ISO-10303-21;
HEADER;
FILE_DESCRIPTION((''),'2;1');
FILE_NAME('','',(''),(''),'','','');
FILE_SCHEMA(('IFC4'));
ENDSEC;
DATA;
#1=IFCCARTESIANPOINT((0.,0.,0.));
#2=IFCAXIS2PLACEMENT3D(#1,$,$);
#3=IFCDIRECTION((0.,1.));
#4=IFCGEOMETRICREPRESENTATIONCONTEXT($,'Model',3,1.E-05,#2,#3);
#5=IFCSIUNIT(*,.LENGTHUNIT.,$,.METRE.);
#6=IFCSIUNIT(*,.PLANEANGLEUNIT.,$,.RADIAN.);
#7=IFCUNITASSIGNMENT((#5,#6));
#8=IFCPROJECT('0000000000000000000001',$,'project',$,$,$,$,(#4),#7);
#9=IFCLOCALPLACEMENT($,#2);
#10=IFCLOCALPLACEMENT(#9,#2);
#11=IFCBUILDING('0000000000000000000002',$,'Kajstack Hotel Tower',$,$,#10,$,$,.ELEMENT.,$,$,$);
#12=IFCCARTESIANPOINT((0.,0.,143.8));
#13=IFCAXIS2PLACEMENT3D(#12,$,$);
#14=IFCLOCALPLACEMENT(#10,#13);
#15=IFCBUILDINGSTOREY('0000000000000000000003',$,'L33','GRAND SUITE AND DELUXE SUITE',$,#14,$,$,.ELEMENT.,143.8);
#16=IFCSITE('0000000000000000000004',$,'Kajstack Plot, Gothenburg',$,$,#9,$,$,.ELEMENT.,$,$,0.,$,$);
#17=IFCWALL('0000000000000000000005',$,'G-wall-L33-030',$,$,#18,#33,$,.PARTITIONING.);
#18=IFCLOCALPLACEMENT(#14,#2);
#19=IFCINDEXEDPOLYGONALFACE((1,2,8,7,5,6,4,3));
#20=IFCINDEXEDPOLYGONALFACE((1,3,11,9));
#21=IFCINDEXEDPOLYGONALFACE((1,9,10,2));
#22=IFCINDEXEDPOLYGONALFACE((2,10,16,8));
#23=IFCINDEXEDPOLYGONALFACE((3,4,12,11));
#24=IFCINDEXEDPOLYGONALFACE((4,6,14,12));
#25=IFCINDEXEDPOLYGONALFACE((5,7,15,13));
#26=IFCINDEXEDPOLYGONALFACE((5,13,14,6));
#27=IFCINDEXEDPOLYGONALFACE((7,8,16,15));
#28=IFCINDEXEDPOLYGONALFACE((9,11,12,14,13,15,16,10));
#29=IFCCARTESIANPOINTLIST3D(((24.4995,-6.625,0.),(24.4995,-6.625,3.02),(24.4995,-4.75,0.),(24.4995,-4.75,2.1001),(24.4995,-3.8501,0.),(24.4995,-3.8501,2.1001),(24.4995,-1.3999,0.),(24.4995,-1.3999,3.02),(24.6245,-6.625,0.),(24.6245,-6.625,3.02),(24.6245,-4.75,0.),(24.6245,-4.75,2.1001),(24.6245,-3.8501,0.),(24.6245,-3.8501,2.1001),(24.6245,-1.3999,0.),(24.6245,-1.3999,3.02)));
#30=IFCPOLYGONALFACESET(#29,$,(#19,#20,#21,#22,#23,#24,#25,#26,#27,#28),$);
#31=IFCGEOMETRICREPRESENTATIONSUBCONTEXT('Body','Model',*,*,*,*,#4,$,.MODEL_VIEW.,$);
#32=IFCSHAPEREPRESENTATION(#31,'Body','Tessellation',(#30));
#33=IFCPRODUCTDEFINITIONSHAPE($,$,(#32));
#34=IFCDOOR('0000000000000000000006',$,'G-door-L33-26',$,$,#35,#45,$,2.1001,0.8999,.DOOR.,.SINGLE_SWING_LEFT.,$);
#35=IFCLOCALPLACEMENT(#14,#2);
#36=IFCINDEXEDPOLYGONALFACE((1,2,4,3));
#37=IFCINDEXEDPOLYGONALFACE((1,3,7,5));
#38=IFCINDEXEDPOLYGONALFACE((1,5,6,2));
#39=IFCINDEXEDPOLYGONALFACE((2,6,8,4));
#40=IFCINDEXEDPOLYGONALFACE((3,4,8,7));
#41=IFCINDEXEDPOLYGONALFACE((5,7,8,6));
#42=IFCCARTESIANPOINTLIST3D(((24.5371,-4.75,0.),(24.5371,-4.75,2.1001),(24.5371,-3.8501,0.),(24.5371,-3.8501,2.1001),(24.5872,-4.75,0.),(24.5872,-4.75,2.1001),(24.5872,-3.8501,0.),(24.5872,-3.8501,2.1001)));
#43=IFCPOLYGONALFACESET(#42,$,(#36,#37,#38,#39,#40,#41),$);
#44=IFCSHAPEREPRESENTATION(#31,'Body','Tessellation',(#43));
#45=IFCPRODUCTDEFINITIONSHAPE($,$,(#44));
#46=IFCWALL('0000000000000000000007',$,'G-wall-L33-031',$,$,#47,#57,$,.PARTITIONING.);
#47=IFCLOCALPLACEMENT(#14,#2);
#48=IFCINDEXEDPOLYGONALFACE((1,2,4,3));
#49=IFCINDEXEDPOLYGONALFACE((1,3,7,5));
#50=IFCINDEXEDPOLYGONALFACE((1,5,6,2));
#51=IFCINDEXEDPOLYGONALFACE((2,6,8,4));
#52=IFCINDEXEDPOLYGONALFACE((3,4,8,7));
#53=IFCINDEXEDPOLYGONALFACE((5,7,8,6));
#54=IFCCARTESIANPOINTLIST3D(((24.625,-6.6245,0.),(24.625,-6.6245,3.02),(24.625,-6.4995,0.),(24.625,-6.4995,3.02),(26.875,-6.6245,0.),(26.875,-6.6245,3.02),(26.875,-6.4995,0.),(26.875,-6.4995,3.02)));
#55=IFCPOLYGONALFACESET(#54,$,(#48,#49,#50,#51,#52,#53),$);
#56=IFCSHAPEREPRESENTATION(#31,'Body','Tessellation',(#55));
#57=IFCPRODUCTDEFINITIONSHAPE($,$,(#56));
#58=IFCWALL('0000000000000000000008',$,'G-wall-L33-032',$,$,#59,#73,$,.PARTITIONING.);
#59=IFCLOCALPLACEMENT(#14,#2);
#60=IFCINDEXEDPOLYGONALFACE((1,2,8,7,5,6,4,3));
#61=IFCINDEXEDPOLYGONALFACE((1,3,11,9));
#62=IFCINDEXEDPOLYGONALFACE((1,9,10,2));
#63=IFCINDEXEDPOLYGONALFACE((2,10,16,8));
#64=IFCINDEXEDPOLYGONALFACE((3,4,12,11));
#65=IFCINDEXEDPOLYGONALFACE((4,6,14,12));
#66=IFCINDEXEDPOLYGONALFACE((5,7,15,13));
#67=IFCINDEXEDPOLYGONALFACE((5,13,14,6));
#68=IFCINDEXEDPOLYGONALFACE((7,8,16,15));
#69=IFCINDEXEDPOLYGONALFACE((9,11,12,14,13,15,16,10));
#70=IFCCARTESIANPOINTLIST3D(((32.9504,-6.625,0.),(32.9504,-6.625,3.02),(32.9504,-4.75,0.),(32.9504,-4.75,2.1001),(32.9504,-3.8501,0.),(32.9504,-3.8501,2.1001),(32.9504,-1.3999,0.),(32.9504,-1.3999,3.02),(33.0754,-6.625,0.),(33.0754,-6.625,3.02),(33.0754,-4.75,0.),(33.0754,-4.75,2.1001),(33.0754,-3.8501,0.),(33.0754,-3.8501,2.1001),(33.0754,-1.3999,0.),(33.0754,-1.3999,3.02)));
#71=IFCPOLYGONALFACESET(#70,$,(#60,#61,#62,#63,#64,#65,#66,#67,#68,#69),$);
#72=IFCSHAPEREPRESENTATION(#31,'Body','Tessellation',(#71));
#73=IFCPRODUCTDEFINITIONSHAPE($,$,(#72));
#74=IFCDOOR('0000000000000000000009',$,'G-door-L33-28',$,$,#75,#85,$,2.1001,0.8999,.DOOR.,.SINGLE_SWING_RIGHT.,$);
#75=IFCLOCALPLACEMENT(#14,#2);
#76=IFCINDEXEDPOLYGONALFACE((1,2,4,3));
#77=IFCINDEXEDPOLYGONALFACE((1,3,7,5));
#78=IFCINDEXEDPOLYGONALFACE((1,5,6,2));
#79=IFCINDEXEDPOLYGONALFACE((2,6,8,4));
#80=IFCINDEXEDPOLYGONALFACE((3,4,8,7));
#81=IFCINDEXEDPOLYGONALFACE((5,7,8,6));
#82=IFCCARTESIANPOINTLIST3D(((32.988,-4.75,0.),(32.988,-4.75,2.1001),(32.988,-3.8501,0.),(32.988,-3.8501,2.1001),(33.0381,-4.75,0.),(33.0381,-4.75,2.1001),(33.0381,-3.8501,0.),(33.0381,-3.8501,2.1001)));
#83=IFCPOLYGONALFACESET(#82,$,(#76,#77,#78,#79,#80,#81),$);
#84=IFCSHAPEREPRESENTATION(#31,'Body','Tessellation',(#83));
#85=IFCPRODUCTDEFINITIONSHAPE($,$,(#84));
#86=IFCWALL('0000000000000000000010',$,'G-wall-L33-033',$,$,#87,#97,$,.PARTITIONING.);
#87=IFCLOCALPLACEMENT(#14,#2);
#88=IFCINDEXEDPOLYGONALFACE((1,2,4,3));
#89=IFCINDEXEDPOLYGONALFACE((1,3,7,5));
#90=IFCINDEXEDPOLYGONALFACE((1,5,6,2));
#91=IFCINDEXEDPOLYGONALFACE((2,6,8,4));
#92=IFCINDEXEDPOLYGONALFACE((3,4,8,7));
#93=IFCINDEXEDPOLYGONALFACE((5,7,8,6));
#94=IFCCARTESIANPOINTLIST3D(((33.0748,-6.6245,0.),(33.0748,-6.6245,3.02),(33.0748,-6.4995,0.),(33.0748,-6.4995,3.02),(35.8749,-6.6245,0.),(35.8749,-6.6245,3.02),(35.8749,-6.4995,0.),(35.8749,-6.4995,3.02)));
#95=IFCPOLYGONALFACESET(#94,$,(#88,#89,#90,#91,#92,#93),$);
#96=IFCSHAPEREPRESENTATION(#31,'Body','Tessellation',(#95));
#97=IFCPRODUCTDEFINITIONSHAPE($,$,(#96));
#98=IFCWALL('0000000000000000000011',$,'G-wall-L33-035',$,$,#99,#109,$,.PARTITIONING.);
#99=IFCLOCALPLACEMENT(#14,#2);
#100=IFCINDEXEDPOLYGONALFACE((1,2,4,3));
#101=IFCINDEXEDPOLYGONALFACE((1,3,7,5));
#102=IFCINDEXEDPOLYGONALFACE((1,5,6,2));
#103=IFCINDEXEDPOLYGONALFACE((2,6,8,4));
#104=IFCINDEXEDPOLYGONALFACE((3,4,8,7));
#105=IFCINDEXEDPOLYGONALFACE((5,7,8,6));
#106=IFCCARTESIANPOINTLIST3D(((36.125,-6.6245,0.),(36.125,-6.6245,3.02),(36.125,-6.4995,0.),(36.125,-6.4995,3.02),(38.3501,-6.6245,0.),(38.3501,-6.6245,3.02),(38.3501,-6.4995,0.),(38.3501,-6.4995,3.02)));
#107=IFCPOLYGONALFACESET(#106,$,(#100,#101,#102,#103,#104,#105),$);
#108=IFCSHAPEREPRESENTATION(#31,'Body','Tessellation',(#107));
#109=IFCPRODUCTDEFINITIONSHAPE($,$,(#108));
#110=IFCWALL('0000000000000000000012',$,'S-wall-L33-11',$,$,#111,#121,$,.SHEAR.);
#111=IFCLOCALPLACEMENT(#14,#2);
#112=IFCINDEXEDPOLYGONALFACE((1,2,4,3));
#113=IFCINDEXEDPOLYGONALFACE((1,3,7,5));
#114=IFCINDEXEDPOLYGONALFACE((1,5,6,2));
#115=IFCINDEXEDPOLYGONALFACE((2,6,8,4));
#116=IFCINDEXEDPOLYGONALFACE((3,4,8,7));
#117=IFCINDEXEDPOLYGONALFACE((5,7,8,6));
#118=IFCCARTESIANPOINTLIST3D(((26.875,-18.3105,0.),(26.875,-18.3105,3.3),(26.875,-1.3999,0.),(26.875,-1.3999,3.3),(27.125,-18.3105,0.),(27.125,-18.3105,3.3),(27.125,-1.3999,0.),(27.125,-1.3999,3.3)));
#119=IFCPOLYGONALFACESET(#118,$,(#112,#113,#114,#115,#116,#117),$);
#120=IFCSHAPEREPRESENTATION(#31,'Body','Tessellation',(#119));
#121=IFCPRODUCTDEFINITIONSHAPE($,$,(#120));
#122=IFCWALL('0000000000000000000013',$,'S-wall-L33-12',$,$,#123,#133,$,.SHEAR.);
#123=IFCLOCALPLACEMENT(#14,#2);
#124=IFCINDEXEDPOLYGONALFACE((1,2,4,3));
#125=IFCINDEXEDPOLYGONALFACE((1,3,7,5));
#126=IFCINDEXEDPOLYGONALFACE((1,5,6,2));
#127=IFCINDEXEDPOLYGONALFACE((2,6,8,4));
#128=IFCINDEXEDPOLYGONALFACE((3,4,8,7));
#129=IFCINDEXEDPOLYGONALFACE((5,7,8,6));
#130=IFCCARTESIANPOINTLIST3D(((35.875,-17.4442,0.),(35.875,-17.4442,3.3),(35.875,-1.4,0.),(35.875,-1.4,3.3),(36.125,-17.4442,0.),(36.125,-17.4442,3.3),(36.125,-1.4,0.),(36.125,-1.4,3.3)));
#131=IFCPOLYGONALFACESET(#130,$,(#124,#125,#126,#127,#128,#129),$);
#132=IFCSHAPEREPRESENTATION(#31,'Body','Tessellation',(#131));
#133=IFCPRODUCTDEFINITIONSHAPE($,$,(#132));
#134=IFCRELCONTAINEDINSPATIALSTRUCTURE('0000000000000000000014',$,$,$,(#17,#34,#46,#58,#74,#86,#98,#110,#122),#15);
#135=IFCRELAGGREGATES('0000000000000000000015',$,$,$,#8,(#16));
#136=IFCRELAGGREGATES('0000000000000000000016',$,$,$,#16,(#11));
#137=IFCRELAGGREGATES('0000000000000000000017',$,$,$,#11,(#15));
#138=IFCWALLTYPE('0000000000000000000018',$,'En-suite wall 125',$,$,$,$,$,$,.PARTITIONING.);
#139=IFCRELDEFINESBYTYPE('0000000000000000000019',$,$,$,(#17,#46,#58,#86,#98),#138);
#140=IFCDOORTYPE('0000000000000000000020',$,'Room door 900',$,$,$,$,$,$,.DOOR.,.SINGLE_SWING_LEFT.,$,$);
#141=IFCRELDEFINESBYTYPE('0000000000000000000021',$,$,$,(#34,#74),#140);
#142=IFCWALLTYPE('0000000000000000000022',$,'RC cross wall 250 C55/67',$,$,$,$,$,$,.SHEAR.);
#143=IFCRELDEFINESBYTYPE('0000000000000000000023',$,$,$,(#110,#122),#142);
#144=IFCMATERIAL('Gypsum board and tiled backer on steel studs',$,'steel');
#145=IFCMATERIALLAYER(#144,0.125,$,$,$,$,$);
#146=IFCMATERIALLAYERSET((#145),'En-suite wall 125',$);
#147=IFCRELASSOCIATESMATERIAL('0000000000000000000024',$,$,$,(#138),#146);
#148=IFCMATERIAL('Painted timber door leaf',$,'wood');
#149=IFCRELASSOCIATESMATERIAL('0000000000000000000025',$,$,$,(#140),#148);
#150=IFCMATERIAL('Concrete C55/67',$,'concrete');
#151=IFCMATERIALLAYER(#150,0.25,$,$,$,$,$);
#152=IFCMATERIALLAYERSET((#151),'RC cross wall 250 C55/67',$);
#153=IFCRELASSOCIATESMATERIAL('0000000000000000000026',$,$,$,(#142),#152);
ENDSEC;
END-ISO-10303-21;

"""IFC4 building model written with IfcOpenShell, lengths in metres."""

from ifc_helpers import new_model, si_unit, direction, frame, frame_2d, origin, place, context, subcontext, project, spatial, rectangle, extrude, material, layer, layer_set, type_object, element, fill, save


model = new_model("IFC4")

# Units and contexts
model_context = context("Model", 3, precision=1e-05, world=origin(), true_north=direction((0.0, 1.0)))
body_context = subcontext(model_context, "Body", "Model", "MODEL_VIEW")
ifc_project = project(units=[si_unit("LENGTHUNIT", "METRE"), si_unit("PLANEANGLEUNIT", "RADIAN")], contexts=[model_context])

# Site, building, storey
site_placement = place(None, origin())
site = spatial("IfcSite", under=ifc_project, at=site_placement, Name="Kajstack Plot, Gothenburg", CompositionType="ELEMENT", RefElevation=0.0)
building_placement = place(site_placement, origin())
building = spatial("IfcBuilding", under=site, at=building_placement, Name="Kajstack Hotel Tower", CompositionType="ELEMENT")
storey_placement = place(building_placement, frame((0.0, 0.0, 143.8)))
storey = spatial("IfcBuildingStorey", under=building, at=storey_placement, Name="L33", Description="GRAND SUITE AND DELUXE SUITE", CompositionType="ELEMENT", Elevation=143.8)

# Wall, opening, door
ifc_material_1 = material(Name="Gypsum board and tiled backer on steel studs", Category="steel")
ifc_layer_1 = layer(ifc_material_1, 0.125)
ifc_layer_set_1 = layer_set([ifc_layer_1], Name="En-suite wall 125")
wall_type_1 = type_object("IfcWallType", Name="En-suite wall 125", PredefinedType="PARTITIONING", material=ifc_layer_set_1)
wall_1_placement = place(storey_placement, frame((24.562, -6.625, 0.0), z_axis=(0.0, 0.0, 1.0), x_axis=(0.0, 1.0, 0.0)))
wall_1 = element("IfcWall", 1, at=wall_1_placement, inside=storey, type_object=wall_type_1, Name="G-wall-L33-030", PredefinedType="PARTITIONING", context=body_context, shape_type="SweptSolid", body=[
    extrude(rectangle(XDim=5.2251, YDim=0.125, at=frame_2d((2.6125, 0.0))), origin(), (0.0, 0.0, 1.0), 3.02),
])
opening_1_placement = place(wall_1_placement, frame((1.875, 0.0, 0.0)))
opening_1 = element("IfcOpeningElement", 2, at=opening_1_placement, cuts=wall_1, PredefinedType="OPENING", context=body_context, shape_type="SweptSolid", body=[
    extrude(rectangle(XDim=0.8999, YDim=2.1001, at=frame_2d((0.45, 1.05))), frame((0.0, 0.0725, 0.0), z_axis=(0.0, -1.0, 0.0), x_axis=(1.0, 0.0, 0.0)), (0.0, 0.0, 1.0), 0.145),
])
ifc_material_2 = material(Name="Painted timber door leaf", Category="wood")
door_type_1 = type_object("IfcDoorType", Name="Room door 900", OperationType="SINGLE_SWING_LEFT", PredefinedType="DOOR", material=ifc_material_2)
door_1_placement = place(opening_1_placement, origin())
door_1 = element("IfcDoor", 3, at=door_1_placement, inside=storey, type_object=door_type_1, Name="G-door-L33-26", OperationType="SINGLE_SWING_LEFT", OverallHeight=2.1001, OverallWidth=0.8999, PredefinedType="DOOR", context=body_context, shape_type="SweptSolid", body=[
    extrude(rectangle(XDim=0.8999, YDim=2.1001, at=frame_2d((0.45, 1.05))), frame((0.0, 0.0249, 0.0), z_axis=(0.0, -1.0, 0.0), x_axis=(1.0, 0.0, 0.0)), (0.0, 0.0, 1.0), 0.05),
])
fill(opening_1, door_1)

# Wall
wall_2_placement = place(storey_placement, frame((24.625, -6.562, 0.0), z_axis=(0.0, 0.0, 1.0), x_axis=(1.0, 0.0, 0.0)))
element("IfcWall", 4, at=wall_2_placement, inside=storey, type_object=wall_type_1, Name="G-wall-L33-031", PredefinedType="PARTITIONING", context=body_context, shape_type="SweptSolid", body=[
    extrude(rectangle(XDim=2.25, YDim=0.125, at=frame_2d((1.125, 0.0))), origin(), (0.0, 0.0, 1.0), 3.02),
])

# Wall, opening, door
wall_3_placement = place(storey_placement, frame((33.0129, -6.625, 0.0), z_axis=(0.0, 0.0, 1.0), x_axis=(0.0, 1.0, 0.0)))
wall_3 = element("IfcWall", 5, at=wall_3_placement, inside=storey, type_object=wall_type_1, Name="G-wall-L33-032", PredefinedType="PARTITIONING", context=body_context, shape_type="SweptSolid", body=[
    extrude(rectangle(XDim=5.2251, YDim=0.125, at=frame_2d((2.6125, 0.0))), origin(), (0.0, 0.0, 1.0), 3.02),
])
opening_2_placement = place(wall_3_placement, frame((1.875, 0.0, 0.0)))
opening_2 = element("IfcOpeningElement", 6, at=opening_2_placement, cuts=wall_3, PredefinedType="OPENING", context=body_context, shape_type="SweptSolid", body=[
    extrude(rectangle(XDim=0.8999, YDim=2.1001, at=frame_2d((0.45, 1.05))), frame((0.0, 0.0725, 0.0), z_axis=(0.0, -1.0, 0.0), x_axis=(1.0, 0.0, 0.0)), (0.0, 0.0, 1.0), 0.145),
])
door_2_placement = place(opening_2_placement, origin())
door_2 = element("IfcDoor", 7, at=door_2_placement, inside=storey, type_object=door_type_1, Name="G-door-L33-28", OperationType="SINGLE_SWING_RIGHT", OverallHeight=2.1001, OverallWidth=0.8999, PredefinedType="DOOR", context=body_context, shape_type="SweptSolid", body=[
    extrude(rectangle(XDim=0.8999, YDim=2.1001, at=frame_2d((0.45, 1.05))), frame((0.0, 0.0249, 0.0), z_axis=(0.0, -1.0, 0.0), x_axis=(1.0, 0.0, 0.0)), (0.0, 0.0, 1.0), 0.05),
])
fill(opening_2, door_2)

# Walls
wall_4_placement = place(storey_placement, frame((33.075, -6.562, 0.0), z_axis=(0.0, 0.0, 1.0), x_axis=(1.0, 0.0, 0.0)))
element("IfcWall", 8, at=wall_4_placement, inside=storey, type_object=wall_type_1, Name="G-wall-L33-033", PredefinedType="PARTITIONING", context=body_context, shape_type="SweptSolid", body=[
    extrude(rectangle(XDim=2.8, YDim=0.125, at=frame_2d((1.3999, 0.0))), origin(), (0.0, 0.0, 1.0), 3.02),
])
wall_5_placement = place(storey_placement, frame((36.125, -6.562, 0.0), z_axis=(0.0, 0.0, 1.0), x_axis=(1.0, 0.0, 0.0)))
element("IfcWall", 9, at=wall_5_placement, inside=storey, type_object=wall_type_1, Name="G-wall-L33-035", PredefinedType="PARTITIONING", context=body_context, shape_type="SweptSolid", body=[
    extrude(rectangle(XDim=2.2251, YDim=0.125, at=frame_2d((1.1125, 0.0))), origin(), (0.0, 0.0, 1.0), 3.02),
])
ifc_material_3 = material(Name="Concrete C55/67", Category="concrete")
ifc_layer_2 = layer(ifc_material_3, 0.25)
ifc_layer_set_2 = layer_set([ifc_layer_2], Name="RC cross wall 250 C55/67")
wall_type_2 = type_object("IfcWallType", Name="RC cross wall 250 C55/67", PredefinedType="SHEAR", material=ifc_layer_set_2)
wall_6_placement = place(storey_placement, frame((27.0, -18.3105, 0.0), z_axis=(0.0, 0.0, 1.0), x_axis=(0.0, 1.0, 0.0)))
element("IfcWall", 10, at=wall_6_placement, inside=storey, type_object=wall_type_2, Name="S-wall-L33-11", PredefinedType="SHEAR", context=body_context, shape_type="SweptSolid", body=[
    extrude(rectangle(XDim=16.9106, YDim=0.25, at=frame_2d((8.4553, 0.0))), origin(), (0.0, 0.0, 1.0), 3.3),
])
wall_7_placement = place(storey_placement, frame((36.0, -17.4441, 0.0), z_axis=(0.0, 0.0, 1.0), x_axis=(0.0, 1.0, 0.0)))
element("IfcWall", 11, at=wall_7_placement, inside=storey, type_object=wall_type_2, Name="S-wall-L33-12", PredefinedType="SHEAR", context=body_context, shape_type="SweptSolid", body=[
    extrude(rectangle(XDim=16.0442, YDim=0.25, at=frame_2d((8.022, 0.0))), origin(), (0.0, 0.0, 1.0), 3.3),
])

save(model, "model.ifc")
